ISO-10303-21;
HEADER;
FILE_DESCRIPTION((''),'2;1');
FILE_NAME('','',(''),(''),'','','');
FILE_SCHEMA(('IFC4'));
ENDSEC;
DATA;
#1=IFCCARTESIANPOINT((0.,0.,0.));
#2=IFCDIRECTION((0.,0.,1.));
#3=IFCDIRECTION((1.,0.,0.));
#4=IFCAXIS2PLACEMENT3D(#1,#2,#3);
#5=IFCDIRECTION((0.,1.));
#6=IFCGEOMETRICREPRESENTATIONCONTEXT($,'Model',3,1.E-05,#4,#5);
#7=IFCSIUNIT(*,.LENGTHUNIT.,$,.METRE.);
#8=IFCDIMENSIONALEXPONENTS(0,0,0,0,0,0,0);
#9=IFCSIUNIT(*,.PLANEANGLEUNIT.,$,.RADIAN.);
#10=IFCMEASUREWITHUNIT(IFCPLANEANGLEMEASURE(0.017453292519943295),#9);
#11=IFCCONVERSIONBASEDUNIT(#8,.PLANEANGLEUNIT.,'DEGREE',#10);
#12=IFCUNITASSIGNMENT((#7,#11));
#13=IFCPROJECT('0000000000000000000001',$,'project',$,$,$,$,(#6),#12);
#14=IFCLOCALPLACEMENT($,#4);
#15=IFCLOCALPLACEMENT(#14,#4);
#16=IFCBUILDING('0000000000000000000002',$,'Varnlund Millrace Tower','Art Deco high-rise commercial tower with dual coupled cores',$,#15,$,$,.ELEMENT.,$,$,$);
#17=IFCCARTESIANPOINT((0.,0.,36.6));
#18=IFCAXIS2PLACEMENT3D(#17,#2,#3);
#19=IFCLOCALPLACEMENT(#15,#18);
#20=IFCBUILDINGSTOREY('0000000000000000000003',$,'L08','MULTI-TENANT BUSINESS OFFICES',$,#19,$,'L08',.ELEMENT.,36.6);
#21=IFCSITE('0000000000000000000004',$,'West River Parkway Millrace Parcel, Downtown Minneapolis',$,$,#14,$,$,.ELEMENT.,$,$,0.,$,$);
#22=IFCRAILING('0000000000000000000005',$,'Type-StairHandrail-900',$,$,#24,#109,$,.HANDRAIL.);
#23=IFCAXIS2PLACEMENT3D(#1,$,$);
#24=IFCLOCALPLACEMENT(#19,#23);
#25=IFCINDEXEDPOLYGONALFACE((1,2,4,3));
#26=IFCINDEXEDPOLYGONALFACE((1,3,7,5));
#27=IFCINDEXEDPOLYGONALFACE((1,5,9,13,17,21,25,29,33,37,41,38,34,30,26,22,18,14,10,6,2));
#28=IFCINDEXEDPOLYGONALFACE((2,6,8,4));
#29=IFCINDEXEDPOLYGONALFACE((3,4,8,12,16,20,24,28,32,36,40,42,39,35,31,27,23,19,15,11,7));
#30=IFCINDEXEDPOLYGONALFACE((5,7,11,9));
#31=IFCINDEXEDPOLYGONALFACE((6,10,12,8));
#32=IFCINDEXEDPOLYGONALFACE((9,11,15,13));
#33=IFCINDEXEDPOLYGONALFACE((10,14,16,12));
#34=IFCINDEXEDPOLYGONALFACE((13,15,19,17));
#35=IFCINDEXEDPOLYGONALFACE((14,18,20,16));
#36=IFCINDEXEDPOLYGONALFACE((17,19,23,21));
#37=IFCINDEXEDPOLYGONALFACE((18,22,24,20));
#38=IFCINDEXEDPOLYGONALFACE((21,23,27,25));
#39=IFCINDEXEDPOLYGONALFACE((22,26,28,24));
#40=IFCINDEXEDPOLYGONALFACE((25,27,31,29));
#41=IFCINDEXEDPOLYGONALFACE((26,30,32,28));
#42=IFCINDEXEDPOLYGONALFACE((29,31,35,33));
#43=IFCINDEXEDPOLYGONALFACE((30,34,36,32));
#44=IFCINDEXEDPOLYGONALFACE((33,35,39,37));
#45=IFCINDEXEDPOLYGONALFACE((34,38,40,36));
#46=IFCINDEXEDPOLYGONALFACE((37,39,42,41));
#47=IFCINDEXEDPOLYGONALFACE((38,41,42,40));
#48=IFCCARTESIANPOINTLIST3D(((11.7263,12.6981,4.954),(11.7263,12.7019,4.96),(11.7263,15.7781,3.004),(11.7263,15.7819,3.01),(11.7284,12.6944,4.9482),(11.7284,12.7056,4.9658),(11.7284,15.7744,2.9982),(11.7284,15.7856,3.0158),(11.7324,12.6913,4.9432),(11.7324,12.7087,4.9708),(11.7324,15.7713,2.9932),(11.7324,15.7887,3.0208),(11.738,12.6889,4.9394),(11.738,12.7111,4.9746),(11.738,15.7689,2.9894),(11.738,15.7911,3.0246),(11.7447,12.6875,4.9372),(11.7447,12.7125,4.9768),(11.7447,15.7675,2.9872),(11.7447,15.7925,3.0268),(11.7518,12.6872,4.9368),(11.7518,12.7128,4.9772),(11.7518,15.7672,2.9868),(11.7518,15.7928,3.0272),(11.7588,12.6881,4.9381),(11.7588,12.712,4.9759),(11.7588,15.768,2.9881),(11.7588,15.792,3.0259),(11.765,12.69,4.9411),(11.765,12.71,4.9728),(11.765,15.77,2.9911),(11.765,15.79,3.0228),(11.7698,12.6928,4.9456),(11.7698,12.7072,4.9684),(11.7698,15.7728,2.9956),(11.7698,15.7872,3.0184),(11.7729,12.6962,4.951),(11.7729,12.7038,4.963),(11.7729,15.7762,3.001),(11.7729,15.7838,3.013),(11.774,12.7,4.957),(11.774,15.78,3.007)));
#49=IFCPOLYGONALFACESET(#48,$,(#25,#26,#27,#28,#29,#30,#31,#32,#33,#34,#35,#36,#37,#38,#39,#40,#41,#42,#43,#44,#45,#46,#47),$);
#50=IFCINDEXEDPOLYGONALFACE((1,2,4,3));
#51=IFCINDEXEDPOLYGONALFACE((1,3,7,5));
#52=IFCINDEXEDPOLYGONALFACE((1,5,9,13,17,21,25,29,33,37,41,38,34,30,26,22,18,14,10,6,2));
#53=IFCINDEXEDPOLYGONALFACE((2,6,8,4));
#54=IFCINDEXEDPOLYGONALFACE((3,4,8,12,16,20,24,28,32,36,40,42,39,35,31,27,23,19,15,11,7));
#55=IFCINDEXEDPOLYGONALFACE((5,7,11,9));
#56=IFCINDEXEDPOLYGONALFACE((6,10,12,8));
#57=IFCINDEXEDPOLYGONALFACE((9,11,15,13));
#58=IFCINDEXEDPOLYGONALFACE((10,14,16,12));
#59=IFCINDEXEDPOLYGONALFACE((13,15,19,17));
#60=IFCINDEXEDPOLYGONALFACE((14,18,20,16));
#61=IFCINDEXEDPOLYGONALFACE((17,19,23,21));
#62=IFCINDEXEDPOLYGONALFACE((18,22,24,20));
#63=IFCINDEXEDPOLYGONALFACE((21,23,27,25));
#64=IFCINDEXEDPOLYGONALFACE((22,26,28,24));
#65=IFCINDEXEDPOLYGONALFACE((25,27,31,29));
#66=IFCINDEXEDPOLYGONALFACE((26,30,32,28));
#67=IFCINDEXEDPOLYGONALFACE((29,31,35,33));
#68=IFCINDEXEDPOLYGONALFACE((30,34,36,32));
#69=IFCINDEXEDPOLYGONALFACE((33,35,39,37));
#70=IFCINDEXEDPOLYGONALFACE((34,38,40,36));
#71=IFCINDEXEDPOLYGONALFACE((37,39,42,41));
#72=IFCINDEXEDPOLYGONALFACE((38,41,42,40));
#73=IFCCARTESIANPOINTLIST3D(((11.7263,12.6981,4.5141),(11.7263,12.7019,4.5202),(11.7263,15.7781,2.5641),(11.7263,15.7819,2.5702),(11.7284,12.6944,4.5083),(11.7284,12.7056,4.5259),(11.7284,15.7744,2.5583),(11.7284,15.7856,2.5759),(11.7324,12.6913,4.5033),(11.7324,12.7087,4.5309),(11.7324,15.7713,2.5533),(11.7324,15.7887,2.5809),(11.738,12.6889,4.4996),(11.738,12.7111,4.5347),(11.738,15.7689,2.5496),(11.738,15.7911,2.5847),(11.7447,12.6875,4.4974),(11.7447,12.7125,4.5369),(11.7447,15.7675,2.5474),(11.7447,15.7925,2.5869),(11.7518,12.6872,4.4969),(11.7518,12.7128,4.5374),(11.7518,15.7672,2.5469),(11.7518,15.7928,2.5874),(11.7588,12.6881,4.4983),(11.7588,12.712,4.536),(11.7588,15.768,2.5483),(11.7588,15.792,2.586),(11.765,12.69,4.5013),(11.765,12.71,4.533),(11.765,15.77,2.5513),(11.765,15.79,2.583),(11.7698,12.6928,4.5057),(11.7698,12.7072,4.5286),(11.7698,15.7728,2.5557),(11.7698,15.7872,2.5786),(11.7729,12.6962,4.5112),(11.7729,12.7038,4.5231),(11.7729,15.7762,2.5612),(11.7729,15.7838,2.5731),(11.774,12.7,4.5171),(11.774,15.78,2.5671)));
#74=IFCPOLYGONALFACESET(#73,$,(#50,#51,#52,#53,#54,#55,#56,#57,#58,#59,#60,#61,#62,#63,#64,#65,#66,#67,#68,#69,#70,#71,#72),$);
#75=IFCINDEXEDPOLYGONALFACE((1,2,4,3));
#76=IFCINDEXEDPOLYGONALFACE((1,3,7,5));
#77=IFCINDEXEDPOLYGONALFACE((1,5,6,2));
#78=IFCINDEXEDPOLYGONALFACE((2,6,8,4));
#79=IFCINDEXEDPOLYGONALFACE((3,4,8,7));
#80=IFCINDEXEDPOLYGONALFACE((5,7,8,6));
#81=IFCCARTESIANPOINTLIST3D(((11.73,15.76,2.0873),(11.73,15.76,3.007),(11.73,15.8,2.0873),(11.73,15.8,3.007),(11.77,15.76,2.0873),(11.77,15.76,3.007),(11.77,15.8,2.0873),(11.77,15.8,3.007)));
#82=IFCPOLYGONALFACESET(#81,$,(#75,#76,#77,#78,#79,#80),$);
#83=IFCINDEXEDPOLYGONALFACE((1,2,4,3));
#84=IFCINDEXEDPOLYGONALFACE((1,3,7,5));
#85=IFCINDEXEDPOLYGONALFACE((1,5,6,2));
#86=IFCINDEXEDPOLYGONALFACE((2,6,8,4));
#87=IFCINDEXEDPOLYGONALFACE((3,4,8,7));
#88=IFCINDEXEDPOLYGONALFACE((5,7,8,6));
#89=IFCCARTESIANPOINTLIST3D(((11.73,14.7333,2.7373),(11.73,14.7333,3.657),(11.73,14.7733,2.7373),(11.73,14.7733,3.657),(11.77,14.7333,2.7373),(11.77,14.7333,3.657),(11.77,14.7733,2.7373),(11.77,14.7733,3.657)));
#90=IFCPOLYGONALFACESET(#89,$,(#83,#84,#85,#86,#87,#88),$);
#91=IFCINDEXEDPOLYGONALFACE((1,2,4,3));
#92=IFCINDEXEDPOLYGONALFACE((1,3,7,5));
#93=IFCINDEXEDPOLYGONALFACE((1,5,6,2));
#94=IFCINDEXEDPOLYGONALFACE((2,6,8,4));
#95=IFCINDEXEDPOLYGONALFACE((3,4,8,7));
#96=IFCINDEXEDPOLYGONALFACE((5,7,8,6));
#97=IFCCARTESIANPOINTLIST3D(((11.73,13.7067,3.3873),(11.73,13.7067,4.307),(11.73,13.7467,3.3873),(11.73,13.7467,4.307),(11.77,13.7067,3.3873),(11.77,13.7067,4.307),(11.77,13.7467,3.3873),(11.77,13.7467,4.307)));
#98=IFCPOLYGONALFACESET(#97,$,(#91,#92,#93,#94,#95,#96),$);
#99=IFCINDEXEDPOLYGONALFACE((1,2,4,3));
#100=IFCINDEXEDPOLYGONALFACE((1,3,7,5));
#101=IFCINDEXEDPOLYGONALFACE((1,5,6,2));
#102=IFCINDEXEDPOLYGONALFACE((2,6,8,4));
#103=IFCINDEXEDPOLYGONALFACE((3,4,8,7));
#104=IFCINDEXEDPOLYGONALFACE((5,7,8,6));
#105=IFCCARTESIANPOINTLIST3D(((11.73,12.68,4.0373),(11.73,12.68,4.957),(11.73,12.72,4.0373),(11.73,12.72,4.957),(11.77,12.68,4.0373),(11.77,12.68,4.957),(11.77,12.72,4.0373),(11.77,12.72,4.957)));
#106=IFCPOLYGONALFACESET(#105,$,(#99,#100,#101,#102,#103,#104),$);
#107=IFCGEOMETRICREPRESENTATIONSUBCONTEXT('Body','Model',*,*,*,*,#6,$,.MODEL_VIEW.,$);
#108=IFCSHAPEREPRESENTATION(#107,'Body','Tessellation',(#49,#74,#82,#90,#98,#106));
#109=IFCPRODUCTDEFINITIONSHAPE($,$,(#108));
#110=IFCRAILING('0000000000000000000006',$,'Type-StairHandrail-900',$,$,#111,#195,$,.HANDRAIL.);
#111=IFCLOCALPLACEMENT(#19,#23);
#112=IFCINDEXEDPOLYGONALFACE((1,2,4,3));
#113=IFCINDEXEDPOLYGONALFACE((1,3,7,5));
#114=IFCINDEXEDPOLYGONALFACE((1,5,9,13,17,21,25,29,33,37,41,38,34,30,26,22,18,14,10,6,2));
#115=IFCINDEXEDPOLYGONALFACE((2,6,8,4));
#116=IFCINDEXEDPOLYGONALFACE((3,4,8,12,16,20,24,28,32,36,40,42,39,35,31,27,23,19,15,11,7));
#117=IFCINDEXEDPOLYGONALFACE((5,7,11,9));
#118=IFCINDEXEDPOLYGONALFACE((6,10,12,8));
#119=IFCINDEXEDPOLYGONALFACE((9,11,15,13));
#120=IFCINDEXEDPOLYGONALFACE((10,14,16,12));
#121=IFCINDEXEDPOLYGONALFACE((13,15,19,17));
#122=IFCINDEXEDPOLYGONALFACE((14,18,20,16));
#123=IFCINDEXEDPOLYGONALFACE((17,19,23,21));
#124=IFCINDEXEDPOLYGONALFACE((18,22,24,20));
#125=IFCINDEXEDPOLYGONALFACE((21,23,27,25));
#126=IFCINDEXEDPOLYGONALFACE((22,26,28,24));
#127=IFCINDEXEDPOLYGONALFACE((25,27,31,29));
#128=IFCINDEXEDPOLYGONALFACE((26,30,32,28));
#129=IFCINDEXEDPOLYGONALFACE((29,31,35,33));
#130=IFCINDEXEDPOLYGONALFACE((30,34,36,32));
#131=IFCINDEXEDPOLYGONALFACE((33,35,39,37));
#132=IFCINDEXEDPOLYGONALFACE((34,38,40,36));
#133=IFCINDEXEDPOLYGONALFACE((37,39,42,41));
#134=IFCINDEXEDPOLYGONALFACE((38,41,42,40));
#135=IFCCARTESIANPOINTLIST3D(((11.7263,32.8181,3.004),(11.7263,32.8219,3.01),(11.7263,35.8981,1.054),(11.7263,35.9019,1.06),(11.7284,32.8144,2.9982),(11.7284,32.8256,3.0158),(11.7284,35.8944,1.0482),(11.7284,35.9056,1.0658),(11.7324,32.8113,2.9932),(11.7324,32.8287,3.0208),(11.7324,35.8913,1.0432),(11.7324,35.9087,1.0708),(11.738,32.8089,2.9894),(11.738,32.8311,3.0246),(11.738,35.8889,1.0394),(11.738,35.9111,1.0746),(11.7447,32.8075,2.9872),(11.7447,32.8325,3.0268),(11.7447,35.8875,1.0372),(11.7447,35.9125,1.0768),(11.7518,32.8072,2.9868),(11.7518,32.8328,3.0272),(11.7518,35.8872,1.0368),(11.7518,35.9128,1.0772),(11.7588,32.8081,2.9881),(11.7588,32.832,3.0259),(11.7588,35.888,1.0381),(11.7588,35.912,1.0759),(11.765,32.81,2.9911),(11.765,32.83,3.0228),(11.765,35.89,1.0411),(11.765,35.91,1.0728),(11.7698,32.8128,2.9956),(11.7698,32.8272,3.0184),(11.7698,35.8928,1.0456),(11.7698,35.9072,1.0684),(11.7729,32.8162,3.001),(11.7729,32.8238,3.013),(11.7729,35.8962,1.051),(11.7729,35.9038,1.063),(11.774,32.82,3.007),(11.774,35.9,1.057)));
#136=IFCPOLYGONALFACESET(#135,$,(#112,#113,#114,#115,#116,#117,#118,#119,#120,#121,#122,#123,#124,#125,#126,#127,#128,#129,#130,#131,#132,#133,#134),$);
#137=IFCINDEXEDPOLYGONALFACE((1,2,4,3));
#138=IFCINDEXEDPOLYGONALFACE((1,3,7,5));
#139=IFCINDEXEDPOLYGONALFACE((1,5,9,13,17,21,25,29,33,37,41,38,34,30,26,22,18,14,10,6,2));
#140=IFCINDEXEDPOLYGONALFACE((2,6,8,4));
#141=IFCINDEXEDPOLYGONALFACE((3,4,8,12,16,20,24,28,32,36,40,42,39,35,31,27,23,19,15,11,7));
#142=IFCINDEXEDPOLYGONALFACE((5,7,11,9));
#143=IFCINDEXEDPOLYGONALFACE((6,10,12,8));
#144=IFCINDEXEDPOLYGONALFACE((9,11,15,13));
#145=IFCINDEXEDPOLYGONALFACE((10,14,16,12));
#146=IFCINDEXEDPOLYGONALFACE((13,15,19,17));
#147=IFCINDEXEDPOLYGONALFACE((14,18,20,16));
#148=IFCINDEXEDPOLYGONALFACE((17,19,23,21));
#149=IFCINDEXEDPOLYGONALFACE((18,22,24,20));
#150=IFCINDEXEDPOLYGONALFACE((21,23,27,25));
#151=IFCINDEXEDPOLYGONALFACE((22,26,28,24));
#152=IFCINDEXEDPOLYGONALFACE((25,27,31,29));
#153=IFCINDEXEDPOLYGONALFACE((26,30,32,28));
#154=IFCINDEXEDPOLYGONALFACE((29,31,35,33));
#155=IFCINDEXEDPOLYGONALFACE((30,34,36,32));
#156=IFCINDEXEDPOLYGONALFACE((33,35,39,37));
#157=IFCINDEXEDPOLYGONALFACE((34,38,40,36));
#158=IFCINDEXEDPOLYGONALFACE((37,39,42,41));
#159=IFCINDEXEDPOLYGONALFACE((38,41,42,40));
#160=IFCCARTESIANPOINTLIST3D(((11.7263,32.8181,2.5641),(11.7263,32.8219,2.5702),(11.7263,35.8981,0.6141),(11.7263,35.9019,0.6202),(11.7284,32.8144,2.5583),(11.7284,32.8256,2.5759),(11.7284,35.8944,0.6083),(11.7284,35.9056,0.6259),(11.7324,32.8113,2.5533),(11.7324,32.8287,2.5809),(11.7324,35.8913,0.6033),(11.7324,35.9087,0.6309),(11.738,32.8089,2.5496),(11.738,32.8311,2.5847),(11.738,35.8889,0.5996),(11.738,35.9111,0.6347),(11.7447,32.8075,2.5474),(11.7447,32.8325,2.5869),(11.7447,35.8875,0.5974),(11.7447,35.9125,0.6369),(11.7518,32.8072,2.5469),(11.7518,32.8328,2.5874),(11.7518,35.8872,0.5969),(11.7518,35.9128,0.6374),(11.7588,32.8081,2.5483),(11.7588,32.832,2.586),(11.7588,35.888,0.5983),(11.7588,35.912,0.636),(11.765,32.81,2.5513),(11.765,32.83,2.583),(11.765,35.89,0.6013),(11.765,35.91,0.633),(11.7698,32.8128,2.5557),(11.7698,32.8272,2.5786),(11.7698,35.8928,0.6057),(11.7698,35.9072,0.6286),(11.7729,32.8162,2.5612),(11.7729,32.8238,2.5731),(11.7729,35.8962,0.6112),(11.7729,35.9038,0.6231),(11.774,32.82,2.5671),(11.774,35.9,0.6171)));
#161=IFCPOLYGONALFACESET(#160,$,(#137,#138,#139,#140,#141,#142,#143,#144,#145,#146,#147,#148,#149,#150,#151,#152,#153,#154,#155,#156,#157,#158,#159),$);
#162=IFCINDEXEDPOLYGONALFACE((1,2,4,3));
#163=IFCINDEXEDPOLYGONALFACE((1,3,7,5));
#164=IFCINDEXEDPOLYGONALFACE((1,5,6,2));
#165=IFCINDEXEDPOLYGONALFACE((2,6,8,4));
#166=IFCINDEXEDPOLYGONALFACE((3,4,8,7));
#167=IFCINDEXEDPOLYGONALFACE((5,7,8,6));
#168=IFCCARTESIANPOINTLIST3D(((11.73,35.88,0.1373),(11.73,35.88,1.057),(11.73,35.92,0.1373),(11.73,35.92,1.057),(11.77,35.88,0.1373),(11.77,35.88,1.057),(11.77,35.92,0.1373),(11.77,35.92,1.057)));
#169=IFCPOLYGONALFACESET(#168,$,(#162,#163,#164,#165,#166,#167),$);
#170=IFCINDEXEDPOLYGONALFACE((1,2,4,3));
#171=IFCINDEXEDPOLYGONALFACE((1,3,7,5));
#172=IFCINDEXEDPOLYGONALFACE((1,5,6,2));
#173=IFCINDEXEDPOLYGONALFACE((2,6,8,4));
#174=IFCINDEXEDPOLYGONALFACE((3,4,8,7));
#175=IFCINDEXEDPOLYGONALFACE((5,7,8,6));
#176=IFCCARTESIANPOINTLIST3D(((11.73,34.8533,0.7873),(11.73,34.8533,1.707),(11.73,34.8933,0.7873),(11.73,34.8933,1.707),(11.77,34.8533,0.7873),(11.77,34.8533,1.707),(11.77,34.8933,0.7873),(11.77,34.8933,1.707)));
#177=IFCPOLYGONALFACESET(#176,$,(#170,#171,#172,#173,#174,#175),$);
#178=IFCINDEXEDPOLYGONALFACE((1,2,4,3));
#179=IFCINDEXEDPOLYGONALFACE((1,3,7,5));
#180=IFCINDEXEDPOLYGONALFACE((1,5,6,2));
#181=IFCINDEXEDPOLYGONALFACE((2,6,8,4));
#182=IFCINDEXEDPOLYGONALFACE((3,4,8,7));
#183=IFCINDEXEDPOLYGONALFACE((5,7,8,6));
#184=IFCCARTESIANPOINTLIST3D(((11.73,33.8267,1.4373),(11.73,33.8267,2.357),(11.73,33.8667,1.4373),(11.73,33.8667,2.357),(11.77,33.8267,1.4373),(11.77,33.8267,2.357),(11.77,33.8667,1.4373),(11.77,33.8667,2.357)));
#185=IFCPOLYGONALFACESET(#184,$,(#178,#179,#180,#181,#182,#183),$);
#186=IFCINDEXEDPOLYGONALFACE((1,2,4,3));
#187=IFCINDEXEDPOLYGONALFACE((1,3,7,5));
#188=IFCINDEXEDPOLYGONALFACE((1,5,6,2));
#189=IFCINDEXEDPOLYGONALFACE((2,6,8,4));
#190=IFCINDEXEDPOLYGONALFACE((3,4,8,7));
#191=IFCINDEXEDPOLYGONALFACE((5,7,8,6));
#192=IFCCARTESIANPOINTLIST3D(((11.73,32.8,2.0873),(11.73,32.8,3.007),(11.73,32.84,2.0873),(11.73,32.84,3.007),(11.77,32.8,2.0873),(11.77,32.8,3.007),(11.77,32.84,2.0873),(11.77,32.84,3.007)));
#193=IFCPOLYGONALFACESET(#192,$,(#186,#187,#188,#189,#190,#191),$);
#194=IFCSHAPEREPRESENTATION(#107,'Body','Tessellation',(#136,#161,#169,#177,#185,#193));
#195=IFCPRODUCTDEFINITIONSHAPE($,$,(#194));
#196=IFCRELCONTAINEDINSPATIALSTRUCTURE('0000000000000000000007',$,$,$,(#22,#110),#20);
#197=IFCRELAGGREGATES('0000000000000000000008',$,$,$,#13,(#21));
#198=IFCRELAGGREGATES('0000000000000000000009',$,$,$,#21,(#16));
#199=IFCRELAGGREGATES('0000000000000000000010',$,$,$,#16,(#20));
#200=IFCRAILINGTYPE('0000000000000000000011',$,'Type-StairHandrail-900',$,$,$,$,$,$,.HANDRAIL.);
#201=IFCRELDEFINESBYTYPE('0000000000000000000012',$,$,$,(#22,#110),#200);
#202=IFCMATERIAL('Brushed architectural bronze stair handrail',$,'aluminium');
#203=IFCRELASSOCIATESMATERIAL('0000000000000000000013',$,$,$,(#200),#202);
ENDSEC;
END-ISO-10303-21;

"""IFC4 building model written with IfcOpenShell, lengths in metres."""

from ifc_helpers import new_model, entity, si_unit, converted_unit, direction, frame, origin_with_axes, origin_2d_with_axis, place, context, subcontext, project, spatial, rectangle, circle, extrude, material, type_object, element, save


model = new_model("IFC4")

# Units and contexts
model_context = context("Model", 3, precision=1e-05, world=origin_with_axes(), true_north=direction((0.0, 1.0)))
body_context = subcontext(model_context, "Body", "Model", "MODEL_VIEW")
ifc_project = project(units=[si_unit("LENGTHUNIT", "METRE"), converted_unit("PLANEANGLEUNIT", "DEGREE", entity("IfcPlaneAngleMeasure", 0.017453292519943295), si_unit("PLANEANGLEUNIT", "RADIAN"), dimensions=[0, 0, 0, 0, 0, 0, 0])], contexts=[model_context])

# Site, building, storey
site_placement = place(None, origin_with_axes())
site = spatial("IfcSite", under=ifc_project, at=site_placement, Name="West River Parkway Millrace Parcel, Downtown Minneapolis", CompositionType="ELEMENT", RefElevation=0.0)
building_placement = place(site_placement, origin_with_axes())
building = spatial("IfcBuilding", under=site, at=building_placement, Name="Varnlund Millrace Tower", Description="Art Deco high-rise commercial tower with dual coupled cores", CompositionType="ELEMENT")
storey_placement = place(building_placement, frame((0.0, 0.0, 36.6), z_axis=(0.0, 0.0, 1.0), x_axis=(1.0, 0.0, 0.0)))
storey = spatial("IfcBuildingStorey", under=building, at=storey_placement, Name="L08", Description="MULTI-TENANT BUSINESS OFFICES", LongName="L08", CompositionType="ELEMENT", Elevation=36.6)

# Railings
ifc_material_1 = material(Name="Brushed architectural bronze stair handrail", Category="aluminium")
railing_type_1 = type_object("IfcRailingType", Name="Type-StairHandrail-900", PredefinedType="HANDRAIL", material=ifc_material_1)
railing_1_placement = place(storey_placement, frame((0.0, 0.0, -36.6), z_axis=(0.0, 0.0, 1.0), x_axis=(1.0, 0.0, 0.0)))
element("IfcRailing", 1, at=railing_1_placement, inside=storey, type_object=railing_type_1, Name="Type-StairHandrail-900", PredefinedType="HANDRAIL", context=body_context, shape_type="SweptSolid", body=[
    extrude(circle(Radius=0.024, at=origin_2d_with_axis()), frame((11.75, 15.78, 39.607), z_axis=(0.0, -0.844902, 0.534922), x_axis=(1.0, 0.0, 0.0)), (0.0, 0.0, 1.0), 3.6454),
    extrude(circle(Radius=0.024, at=origin_2d_with_axis()), frame((11.75, 15.78, 39.1671), z_axis=(0.0, -0.844902, 0.534922), x_axis=(1.0, 0.0, 0.0)), (0.0, 0.0, 1.0), 3.6454),
    extrude(rectangle(XDim=0.04, YDim=0.04, at=origin_2d_with_axis()), frame((11.75, 15.78, 38.6873), z_axis=(0.0, 0.0, 1.0), x_axis=(1.0, 0.0, 0.0)), (0.0, 0.0, 1.0), 0.9197),
    extrude(rectangle(XDim=0.04, YDim=0.04, at=origin_2d_with_axis()), frame((11.75, 14.7533, 39.3373), z_axis=(0.0, 0.0, 1.0), x_axis=(1.0, 0.0, 0.0)), (0.0, 0.0, 1.0), 0.9197),
    extrude(rectangle(XDim=0.04, YDim=0.04, at=origin_2d_with_axis()), frame((11.75, 13.7267, 39.9873), z_axis=(0.0, 0.0, 1.0), x_axis=(1.0, 0.0, 0.0)), (0.0, 0.0, 1.0), 0.9197),
    extrude(rectangle(XDim=0.04, YDim=0.04, at=origin_2d_with_axis()), frame((11.75, 12.7, 40.6373), z_axis=(0.0, 0.0, 1.0), x_axis=(1.0, 0.0, 0.0)), (0.0, 0.0, 1.0), 0.9197),
])
railing_2_placement = place(storey_placement, frame((0.0, 0.0, -36.6), z_axis=(0.0, 0.0, 1.0), x_axis=(1.0, 0.0, 0.0)))
element("IfcRailing", 2, at=railing_2_placement, inside=storey, type_object=railing_type_1, Name="Type-StairHandrail-900", PredefinedType="HANDRAIL", context=body_context, shape_type="SweptSolid", body=[
    extrude(circle(Radius=0.024, at=origin_2d_with_axis()), frame((11.75, 35.9, 37.657), z_axis=(0.0, -0.844902, 0.534922), x_axis=(1.0, 0.0, 0.0)), (0.0, 0.0, 1.0), 3.6454),
    extrude(circle(Radius=0.024, at=origin_2d_with_axis()), frame((11.75, 35.9, 37.2171), z_axis=(0.0, -0.844902, 0.534922), x_axis=(1.0, 0.0, 0.0)), (0.0, 0.0, 1.0), 3.6454),
    extrude(rectangle(XDim=0.04, YDim=0.04, at=origin_2d_with_axis()), frame((11.75, 35.9, 36.7373), z_axis=(0.0, 0.0, 1.0), x_axis=(1.0, 0.0, 0.0)), (0.0, 0.0, 1.0), 0.9197),
    extrude(rectangle(XDim=0.04, YDim=0.04, at=origin_2d_with_axis()), frame((11.75, 34.8733, 37.3873), z_axis=(0.0, 0.0, 1.0), x_axis=(1.0, 0.0, 0.0)), (0.0, 0.0, 1.0), 0.9197),
    extrude(rectangle(XDim=0.04, YDim=0.04, at=origin_2d_with_axis()), frame((11.75, 33.8467, 38.0373), z_axis=(0.0, 0.0, 1.0), x_axis=(1.0, 0.0, 0.0)), (0.0, 0.0, 1.0), 0.9197),
    extrude(rectangle(XDim=0.04, YDim=0.04, at=origin_2d_with_axis()), frame((11.75, 32.82, 38.6873), z_axis=(0.0, 0.0, 1.0), x_axis=(1.0, 0.0, 0.0)), (0.0, 0.0, 1.0), 0.9197),
])

save(model, "model.ifc")
